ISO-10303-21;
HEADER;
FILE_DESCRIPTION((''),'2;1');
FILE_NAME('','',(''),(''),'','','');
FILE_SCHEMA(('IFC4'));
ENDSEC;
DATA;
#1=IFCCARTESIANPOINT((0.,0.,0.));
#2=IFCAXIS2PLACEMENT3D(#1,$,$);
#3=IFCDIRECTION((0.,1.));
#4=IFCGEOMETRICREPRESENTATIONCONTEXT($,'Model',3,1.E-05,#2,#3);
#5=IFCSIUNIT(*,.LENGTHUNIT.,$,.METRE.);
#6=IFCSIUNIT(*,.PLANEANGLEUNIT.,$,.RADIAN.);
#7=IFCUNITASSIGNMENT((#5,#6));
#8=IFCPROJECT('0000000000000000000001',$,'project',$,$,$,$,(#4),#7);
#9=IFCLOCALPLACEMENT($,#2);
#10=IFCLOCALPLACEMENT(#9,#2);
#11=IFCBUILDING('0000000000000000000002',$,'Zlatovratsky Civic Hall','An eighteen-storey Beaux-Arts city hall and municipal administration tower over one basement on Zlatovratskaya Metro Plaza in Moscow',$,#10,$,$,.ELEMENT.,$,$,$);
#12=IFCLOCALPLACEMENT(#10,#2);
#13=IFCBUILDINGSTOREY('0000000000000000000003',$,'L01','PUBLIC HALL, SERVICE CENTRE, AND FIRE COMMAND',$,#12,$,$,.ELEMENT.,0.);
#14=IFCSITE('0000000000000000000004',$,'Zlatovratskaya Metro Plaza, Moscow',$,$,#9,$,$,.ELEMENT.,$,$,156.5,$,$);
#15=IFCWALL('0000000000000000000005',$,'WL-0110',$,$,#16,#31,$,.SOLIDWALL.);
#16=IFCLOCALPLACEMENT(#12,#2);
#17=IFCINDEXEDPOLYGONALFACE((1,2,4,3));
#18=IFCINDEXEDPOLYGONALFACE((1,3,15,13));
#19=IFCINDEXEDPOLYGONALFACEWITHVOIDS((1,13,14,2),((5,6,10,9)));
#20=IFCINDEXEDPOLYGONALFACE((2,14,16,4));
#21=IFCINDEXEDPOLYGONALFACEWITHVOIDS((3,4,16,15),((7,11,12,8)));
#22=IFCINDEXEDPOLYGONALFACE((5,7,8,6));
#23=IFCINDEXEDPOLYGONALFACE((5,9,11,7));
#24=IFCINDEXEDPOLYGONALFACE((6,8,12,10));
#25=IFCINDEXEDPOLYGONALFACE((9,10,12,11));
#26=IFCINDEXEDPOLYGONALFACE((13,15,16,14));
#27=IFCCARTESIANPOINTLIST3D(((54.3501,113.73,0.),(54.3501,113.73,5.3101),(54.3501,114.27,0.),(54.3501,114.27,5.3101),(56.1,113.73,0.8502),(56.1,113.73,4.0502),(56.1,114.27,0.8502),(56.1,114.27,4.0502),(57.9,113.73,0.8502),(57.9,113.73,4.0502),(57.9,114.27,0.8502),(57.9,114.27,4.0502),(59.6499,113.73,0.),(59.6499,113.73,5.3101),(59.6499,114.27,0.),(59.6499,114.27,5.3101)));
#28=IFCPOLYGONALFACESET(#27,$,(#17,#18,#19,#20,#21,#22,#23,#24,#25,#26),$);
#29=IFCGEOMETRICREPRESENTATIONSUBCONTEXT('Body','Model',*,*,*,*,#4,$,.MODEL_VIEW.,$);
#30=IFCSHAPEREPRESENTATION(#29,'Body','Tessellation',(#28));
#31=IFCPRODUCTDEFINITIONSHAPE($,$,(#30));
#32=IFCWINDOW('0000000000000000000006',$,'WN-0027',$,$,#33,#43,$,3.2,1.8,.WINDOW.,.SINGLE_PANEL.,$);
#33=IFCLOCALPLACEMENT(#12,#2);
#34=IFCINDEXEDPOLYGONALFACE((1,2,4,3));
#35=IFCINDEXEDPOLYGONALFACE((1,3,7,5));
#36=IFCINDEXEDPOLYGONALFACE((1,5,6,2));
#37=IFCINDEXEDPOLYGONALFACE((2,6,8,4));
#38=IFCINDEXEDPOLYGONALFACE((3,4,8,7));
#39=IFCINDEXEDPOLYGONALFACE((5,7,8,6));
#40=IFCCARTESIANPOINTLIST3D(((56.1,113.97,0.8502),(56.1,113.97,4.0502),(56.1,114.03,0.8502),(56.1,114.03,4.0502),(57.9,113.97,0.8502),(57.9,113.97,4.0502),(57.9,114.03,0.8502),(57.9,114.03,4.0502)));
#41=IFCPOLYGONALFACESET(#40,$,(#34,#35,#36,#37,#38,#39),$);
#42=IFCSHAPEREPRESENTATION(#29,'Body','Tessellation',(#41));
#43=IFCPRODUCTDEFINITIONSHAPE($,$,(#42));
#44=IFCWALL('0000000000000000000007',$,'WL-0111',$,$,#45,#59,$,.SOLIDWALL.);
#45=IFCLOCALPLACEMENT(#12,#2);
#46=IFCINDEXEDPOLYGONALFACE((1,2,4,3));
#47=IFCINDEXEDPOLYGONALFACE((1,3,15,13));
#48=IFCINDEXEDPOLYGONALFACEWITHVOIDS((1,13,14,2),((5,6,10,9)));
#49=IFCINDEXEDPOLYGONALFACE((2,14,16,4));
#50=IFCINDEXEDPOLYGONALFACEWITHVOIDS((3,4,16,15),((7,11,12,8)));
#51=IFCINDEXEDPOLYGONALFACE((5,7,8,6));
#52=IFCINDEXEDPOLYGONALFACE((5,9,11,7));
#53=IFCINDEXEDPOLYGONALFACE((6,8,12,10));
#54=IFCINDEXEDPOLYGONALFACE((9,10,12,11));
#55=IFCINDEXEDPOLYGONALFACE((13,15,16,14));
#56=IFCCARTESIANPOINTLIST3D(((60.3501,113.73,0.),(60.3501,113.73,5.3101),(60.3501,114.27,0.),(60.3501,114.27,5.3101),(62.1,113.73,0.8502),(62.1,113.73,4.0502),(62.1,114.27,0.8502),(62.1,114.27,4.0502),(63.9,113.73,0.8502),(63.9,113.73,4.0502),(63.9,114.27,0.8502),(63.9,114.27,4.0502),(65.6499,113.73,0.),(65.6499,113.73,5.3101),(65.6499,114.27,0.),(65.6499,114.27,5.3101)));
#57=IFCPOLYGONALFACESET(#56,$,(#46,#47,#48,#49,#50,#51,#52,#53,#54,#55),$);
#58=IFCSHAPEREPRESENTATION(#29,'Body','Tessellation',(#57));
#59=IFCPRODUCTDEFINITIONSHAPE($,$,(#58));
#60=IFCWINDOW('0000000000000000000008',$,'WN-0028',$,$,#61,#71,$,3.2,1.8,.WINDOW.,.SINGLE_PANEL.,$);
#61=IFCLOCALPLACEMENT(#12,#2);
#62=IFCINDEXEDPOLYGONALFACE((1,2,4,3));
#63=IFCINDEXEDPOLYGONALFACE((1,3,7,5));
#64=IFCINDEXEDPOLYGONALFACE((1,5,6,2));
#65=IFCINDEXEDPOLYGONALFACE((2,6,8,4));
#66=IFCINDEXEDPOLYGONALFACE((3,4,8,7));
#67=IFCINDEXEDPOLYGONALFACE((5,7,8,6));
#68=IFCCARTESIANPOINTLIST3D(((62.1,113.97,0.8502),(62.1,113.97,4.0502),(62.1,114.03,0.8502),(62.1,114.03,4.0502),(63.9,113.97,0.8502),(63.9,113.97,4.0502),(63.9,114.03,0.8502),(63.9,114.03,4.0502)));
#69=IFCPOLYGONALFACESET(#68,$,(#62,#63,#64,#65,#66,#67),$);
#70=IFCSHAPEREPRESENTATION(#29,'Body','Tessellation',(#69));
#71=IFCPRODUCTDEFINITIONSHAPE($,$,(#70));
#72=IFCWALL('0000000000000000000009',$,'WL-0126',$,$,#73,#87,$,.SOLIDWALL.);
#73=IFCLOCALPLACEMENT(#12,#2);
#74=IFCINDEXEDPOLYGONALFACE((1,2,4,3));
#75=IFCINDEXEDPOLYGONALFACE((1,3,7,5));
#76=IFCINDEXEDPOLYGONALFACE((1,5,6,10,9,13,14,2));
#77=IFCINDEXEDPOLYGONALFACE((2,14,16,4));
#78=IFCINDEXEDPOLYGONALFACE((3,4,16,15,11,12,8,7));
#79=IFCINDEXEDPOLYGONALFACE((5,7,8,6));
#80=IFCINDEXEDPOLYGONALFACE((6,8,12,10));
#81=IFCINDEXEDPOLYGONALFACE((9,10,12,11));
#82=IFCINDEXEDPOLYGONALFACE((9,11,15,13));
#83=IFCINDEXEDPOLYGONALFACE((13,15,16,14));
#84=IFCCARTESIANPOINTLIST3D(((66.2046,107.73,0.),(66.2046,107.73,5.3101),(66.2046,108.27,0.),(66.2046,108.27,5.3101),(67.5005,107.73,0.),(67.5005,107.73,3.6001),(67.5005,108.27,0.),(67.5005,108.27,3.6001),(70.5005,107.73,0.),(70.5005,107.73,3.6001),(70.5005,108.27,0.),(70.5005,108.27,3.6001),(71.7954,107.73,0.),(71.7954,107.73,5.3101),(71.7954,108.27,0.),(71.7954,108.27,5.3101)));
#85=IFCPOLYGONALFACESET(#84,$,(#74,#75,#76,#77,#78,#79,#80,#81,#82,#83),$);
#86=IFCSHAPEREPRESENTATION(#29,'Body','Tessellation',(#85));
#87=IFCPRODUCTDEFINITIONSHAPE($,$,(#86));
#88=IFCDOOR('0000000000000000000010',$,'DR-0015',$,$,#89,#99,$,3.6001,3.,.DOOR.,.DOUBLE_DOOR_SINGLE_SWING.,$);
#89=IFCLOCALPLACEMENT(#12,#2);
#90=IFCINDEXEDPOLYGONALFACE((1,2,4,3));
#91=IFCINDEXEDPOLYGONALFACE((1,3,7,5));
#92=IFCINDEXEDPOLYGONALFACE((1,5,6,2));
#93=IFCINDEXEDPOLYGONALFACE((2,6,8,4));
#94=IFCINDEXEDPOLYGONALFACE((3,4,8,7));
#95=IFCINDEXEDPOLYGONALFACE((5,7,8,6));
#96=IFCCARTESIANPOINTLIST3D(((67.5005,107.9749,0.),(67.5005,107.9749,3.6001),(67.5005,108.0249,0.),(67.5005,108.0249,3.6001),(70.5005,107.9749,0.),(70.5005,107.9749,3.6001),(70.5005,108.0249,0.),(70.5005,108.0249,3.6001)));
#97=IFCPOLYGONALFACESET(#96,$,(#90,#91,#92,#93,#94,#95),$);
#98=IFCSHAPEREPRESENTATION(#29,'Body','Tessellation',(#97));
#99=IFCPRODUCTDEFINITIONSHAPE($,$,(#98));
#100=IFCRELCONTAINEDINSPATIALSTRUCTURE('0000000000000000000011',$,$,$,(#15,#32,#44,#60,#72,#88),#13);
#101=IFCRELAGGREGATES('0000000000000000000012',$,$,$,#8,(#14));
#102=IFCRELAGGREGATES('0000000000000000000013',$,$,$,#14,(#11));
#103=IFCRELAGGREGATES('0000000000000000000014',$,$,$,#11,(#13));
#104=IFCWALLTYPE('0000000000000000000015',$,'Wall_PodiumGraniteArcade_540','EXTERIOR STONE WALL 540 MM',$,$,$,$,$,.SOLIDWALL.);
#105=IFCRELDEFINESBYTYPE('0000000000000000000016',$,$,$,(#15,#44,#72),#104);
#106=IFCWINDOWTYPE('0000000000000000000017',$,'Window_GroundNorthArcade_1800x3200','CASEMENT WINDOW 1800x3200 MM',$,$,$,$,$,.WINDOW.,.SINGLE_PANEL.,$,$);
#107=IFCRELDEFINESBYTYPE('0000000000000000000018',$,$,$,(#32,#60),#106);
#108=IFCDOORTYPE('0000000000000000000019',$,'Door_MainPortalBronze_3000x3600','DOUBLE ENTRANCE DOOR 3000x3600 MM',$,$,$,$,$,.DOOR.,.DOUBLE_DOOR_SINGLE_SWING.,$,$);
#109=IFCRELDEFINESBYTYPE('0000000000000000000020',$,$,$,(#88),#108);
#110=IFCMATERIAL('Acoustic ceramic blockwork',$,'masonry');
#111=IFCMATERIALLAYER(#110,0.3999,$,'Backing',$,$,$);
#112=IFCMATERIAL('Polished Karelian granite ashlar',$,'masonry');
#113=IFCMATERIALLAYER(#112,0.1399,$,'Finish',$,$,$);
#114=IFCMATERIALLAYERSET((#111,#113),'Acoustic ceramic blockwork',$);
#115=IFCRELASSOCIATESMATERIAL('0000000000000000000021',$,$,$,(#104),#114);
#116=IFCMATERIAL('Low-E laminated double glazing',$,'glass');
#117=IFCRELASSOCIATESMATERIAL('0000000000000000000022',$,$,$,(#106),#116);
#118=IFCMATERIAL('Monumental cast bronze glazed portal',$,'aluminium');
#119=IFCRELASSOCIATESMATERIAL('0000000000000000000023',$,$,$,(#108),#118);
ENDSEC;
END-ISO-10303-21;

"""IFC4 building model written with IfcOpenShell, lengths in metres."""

from ifc_helpers import new_model, si_unit, direction, frame, frame_2d, origin, place, context, subcontext, project, spatial, rectangle, extrude, material, layer, layer_set, type_object, element, fill, save


model = new_model("IFC4")

# Units and contexts
model_context = context("Model", 3, precision=1e-05, world=origin(), true_north=direction((0.0, 1.0)))
body_context = subcontext(model_context, "Body", "Model", "MODEL_VIEW")
ifc_project = project(units=[si_unit("LENGTHUNIT", "METRE"), si_unit("PLANEANGLEUNIT", "RADIAN")], contexts=[model_context])

# Site, building, storey
site_placement = place(None, origin())
site = spatial("IfcSite", under=ifc_project, at=site_placement, Name="Zlatovratskaya Metro Plaza, Moscow", CompositionType="ELEMENT", RefElevation=156.5)
building_placement = place(site_placement, origin())
building = spatial("IfcBuilding", under=site, at=building_placement, Name="Zlatovratsky Civic Hall", Description="An eighteen-storey Beaux-Arts city hall and municipal administration tower over one basement on Zlatovratskaya Metro Plaza in Moscow", CompositionType="ELEMENT")
storey_placement = place(building_placement, origin())
storey = spatial("IfcBuildingStorey", under=building, at=storey_placement, Name="L01", Description="PUBLIC HALL, SERVICE CENTRE, AND FIRE COMMAND", CompositionType="ELEMENT", Elevation=0.0)

# Walls, openings, windows
ifc_material_1 = material(Name="Acoustic ceramic blockwork", Category="masonry")
ifc_layer_1 = layer(ifc_material_1, 0.3999, Name="Backing")
ifc_material_2 = material(Name="Polished Karelian granite ashlar", Category="masonry")
ifc_layer_2 = layer(ifc_material_2, 0.1399, Name="Finish")
ifc_layer_set = layer_set([ifc_layer_1, ifc_layer_2], Name="Acoustic ceramic blockwork")
wall_type = type_object("IfcWallType", Name="Wall_PodiumGraniteArcade_540", Description="EXTERIOR STONE WALL 540 MM", PredefinedType="SOLIDWALL", material=ifc_layer_set)
ifc_material_3 = material(Name="Low-E laminated double glazing", Category="glass")
window_type = type_object("IfcWindowType", Name="Window_GroundNorthArcade_1800x3200", Description="CASEMENT WINDOW 1800x3200 MM", PartitioningType="SINGLE_PANEL", PredefinedType="WINDOW", material=ifc_material_3)
wall_1_placement = place(storey_placement, frame((54.3501, 114.0, 0.0), z_axis=(0.0, 0.0, 1.0), x_axis=(1.0, 0.0, 0.0)))
wall_1 = element("IfcWall", 1, at=wall_1_placement, inside=storey, type_object=wall_type, Name="WL-0110", PredefinedType="SOLIDWALL", context=body_context, shape_type="SweptSolid", body=[
    extrude(rectangle(XDim=5.2998, YDim=0.54, at=frame_2d((2.6499, 0.0))), origin(), (0.0, 0.0, 1.0), 5.3101),
])
opening_1_placement = place(wall_1_placement, frame((1.75, 0.0, 0.8501)))
opening_1 = element("IfcOpeningElement", 2, at=opening_1_placement, cuts=wall_1, PredefinedType="OPENING", context=body_context, shape_type="SweptSolid", body=[
    extrude(rectangle(XDim=1.8, YDim=3.2, at=frame_2d((0.8999, 1.6001))), frame((0.0, 0.2849, 0.0), z_axis=(0.0, -1.0, 0.0), x_axis=(1.0, 0.0, 0.0)), (0.0, 0.0, 1.0), 0.5698),
])
window_1_placement = place(opening_1_placement, origin())
window_1 = element("IfcWindow", 3, at=window_1_placement, inside=storey, type_object=window_type, Name="WN-0027", OverallHeight=3.2, OverallWidth=1.8, PartitioningType="SINGLE_PANEL", PredefinedType="WINDOW", context=body_context, shape_type="SweptSolid", body=[
    extrude(rectangle(XDim=1.8, YDim=3.2, at=frame_2d((0.8999, 1.6001))), frame((0.0, 0.03, 0.0), z_axis=(0.0, -1.0, 0.0), x_axis=(1.0, 0.0, 0.0)), (0.0, 0.0, 1.0), 0.0601),
])
fill(opening_1, window_1)
wall_2_placement = place(storey_placement, frame((60.3501, 114.0, 0.0), z_axis=(0.0, 0.0, 1.0), x_axis=(1.0, 0.0, 0.0)))
wall_2 = element("IfcWall", 4, at=wall_2_placement, inside=storey, type_object=wall_type, Name="WL-0111", PredefinedType="SOLIDWALL", context=body_context, shape_type="SweptSolid", body=[
    extrude(rectangle(XDim=5.2998, YDim=0.54, at=frame_2d((2.6499, 0.0))), origin(), (0.0, 0.0, 1.0), 5.3101),
])
opening_2_placement = place(wall_2_placement, frame((1.75, 0.0, 0.8501)))
opening_2 = element("IfcOpeningElement", 5, at=opening_2_placement, cuts=wall_2, PredefinedType="OPENING", context=body_context, shape_type="SweptSolid", body=[
    extrude(rectangle(XDim=1.8, YDim=3.2, at=frame_2d((0.8999, 1.6001))), frame((0.0, 0.2849, 0.0), z_axis=(0.0, -1.0, 0.0), x_axis=(1.0, 0.0, 0.0)), (0.0, 0.0, 1.0), 0.5698),
])
window_2_placement = place(opening_2_placement, origin())
window_2 = element("IfcWindow", 6, at=window_2_placement, inside=storey, type_object=window_type, Name="WN-0028", OverallHeight=3.2, OverallWidth=1.8, PartitioningType="SINGLE_PANEL", PredefinedType="WINDOW", context=body_context, shape_type="SweptSolid", body=[
    extrude(rectangle(XDim=1.8, YDim=3.2, at=frame_2d((0.8999, 1.6001))), frame((0.0, 0.03, 0.0), z_axis=(0.0, -1.0, 0.0), x_axis=(1.0, 0.0, 0.0)), (0.0, 0.0, 1.0), 0.0601),
])
fill(opening_2, window_2)

# Wall, opening, door
wall_3_placement = place(storey_placement, frame((66.2046, 108.0, 0.0), z_axis=(0.0, 0.0, 1.0), x_axis=(1.0, 0.0, 0.0)))
wall_3 = element("IfcWall", 7, at=wall_3_placement, inside=storey, type_object=wall_type, Name="WL-0126", PredefinedType="SOLIDWALL", context=body_context, shape_type="SweptSolid", body=[
    extrude(rectangle(XDim=5.5908, YDim=0.54, at=frame_2d((2.7954, 0.0))), origin(), (0.0, 0.0, 1.0), 5.3101),
])
opening_3_placement = place(wall_3_placement, frame((1.2959, 0.0, 0.0)))
opening_3 = element("IfcOpeningElement", 8, at=opening_3_placement, cuts=wall_3, PredefinedType="OPENING", context=body_context, shape_type="SweptSolid", body=[
    extrude(rectangle(XDim=3.0, YDim=3.6001, at=frame_2d((1.5, 1.8))), frame((0.0, 0.2849, 0.0), z_axis=(0.0, -1.0, 0.0), x_axis=(1.0, 0.0, 0.0)), (0.0, 0.0, 1.0), 0.5698),
])
ifc_material_4 = material(Name="Monumental cast bronze glazed portal", Category="aluminium")
door_type = type_object("IfcDoorType", Name="Door_MainPortalBronze_3000x3600", Description="DOUBLE ENTRANCE DOOR 3000x3600 MM", OperationType="DOUBLE_DOOR_SINGLE_SWING", PredefinedType="DOOR", material=ifc_material_4)
door_placement = place(opening_3_placement, origin())
door = element("IfcDoor", 9, at=door_placement, inside=storey, type_object=door_type, Name="DR-0015", OperationType="DOUBLE_DOOR_SINGLE_SWING", OverallHeight=3.6001, OverallWidth=3.0, PredefinedType="DOOR", context=body_context, shape_type="SweptSolid", body=[
    extrude(rectangle(XDim=3.0, YDim=3.6001, at=frame_2d((1.5, 1.8))), frame((0.0, 0.0249, 0.0), z_axis=(0.0, -1.0, 0.0), x_axis=(1.0, 0.0, 0.0)), (0.0, 0.0, 1.0), 0.05),
])
fill(opening_3, door)

save(model, "model.ifc")
